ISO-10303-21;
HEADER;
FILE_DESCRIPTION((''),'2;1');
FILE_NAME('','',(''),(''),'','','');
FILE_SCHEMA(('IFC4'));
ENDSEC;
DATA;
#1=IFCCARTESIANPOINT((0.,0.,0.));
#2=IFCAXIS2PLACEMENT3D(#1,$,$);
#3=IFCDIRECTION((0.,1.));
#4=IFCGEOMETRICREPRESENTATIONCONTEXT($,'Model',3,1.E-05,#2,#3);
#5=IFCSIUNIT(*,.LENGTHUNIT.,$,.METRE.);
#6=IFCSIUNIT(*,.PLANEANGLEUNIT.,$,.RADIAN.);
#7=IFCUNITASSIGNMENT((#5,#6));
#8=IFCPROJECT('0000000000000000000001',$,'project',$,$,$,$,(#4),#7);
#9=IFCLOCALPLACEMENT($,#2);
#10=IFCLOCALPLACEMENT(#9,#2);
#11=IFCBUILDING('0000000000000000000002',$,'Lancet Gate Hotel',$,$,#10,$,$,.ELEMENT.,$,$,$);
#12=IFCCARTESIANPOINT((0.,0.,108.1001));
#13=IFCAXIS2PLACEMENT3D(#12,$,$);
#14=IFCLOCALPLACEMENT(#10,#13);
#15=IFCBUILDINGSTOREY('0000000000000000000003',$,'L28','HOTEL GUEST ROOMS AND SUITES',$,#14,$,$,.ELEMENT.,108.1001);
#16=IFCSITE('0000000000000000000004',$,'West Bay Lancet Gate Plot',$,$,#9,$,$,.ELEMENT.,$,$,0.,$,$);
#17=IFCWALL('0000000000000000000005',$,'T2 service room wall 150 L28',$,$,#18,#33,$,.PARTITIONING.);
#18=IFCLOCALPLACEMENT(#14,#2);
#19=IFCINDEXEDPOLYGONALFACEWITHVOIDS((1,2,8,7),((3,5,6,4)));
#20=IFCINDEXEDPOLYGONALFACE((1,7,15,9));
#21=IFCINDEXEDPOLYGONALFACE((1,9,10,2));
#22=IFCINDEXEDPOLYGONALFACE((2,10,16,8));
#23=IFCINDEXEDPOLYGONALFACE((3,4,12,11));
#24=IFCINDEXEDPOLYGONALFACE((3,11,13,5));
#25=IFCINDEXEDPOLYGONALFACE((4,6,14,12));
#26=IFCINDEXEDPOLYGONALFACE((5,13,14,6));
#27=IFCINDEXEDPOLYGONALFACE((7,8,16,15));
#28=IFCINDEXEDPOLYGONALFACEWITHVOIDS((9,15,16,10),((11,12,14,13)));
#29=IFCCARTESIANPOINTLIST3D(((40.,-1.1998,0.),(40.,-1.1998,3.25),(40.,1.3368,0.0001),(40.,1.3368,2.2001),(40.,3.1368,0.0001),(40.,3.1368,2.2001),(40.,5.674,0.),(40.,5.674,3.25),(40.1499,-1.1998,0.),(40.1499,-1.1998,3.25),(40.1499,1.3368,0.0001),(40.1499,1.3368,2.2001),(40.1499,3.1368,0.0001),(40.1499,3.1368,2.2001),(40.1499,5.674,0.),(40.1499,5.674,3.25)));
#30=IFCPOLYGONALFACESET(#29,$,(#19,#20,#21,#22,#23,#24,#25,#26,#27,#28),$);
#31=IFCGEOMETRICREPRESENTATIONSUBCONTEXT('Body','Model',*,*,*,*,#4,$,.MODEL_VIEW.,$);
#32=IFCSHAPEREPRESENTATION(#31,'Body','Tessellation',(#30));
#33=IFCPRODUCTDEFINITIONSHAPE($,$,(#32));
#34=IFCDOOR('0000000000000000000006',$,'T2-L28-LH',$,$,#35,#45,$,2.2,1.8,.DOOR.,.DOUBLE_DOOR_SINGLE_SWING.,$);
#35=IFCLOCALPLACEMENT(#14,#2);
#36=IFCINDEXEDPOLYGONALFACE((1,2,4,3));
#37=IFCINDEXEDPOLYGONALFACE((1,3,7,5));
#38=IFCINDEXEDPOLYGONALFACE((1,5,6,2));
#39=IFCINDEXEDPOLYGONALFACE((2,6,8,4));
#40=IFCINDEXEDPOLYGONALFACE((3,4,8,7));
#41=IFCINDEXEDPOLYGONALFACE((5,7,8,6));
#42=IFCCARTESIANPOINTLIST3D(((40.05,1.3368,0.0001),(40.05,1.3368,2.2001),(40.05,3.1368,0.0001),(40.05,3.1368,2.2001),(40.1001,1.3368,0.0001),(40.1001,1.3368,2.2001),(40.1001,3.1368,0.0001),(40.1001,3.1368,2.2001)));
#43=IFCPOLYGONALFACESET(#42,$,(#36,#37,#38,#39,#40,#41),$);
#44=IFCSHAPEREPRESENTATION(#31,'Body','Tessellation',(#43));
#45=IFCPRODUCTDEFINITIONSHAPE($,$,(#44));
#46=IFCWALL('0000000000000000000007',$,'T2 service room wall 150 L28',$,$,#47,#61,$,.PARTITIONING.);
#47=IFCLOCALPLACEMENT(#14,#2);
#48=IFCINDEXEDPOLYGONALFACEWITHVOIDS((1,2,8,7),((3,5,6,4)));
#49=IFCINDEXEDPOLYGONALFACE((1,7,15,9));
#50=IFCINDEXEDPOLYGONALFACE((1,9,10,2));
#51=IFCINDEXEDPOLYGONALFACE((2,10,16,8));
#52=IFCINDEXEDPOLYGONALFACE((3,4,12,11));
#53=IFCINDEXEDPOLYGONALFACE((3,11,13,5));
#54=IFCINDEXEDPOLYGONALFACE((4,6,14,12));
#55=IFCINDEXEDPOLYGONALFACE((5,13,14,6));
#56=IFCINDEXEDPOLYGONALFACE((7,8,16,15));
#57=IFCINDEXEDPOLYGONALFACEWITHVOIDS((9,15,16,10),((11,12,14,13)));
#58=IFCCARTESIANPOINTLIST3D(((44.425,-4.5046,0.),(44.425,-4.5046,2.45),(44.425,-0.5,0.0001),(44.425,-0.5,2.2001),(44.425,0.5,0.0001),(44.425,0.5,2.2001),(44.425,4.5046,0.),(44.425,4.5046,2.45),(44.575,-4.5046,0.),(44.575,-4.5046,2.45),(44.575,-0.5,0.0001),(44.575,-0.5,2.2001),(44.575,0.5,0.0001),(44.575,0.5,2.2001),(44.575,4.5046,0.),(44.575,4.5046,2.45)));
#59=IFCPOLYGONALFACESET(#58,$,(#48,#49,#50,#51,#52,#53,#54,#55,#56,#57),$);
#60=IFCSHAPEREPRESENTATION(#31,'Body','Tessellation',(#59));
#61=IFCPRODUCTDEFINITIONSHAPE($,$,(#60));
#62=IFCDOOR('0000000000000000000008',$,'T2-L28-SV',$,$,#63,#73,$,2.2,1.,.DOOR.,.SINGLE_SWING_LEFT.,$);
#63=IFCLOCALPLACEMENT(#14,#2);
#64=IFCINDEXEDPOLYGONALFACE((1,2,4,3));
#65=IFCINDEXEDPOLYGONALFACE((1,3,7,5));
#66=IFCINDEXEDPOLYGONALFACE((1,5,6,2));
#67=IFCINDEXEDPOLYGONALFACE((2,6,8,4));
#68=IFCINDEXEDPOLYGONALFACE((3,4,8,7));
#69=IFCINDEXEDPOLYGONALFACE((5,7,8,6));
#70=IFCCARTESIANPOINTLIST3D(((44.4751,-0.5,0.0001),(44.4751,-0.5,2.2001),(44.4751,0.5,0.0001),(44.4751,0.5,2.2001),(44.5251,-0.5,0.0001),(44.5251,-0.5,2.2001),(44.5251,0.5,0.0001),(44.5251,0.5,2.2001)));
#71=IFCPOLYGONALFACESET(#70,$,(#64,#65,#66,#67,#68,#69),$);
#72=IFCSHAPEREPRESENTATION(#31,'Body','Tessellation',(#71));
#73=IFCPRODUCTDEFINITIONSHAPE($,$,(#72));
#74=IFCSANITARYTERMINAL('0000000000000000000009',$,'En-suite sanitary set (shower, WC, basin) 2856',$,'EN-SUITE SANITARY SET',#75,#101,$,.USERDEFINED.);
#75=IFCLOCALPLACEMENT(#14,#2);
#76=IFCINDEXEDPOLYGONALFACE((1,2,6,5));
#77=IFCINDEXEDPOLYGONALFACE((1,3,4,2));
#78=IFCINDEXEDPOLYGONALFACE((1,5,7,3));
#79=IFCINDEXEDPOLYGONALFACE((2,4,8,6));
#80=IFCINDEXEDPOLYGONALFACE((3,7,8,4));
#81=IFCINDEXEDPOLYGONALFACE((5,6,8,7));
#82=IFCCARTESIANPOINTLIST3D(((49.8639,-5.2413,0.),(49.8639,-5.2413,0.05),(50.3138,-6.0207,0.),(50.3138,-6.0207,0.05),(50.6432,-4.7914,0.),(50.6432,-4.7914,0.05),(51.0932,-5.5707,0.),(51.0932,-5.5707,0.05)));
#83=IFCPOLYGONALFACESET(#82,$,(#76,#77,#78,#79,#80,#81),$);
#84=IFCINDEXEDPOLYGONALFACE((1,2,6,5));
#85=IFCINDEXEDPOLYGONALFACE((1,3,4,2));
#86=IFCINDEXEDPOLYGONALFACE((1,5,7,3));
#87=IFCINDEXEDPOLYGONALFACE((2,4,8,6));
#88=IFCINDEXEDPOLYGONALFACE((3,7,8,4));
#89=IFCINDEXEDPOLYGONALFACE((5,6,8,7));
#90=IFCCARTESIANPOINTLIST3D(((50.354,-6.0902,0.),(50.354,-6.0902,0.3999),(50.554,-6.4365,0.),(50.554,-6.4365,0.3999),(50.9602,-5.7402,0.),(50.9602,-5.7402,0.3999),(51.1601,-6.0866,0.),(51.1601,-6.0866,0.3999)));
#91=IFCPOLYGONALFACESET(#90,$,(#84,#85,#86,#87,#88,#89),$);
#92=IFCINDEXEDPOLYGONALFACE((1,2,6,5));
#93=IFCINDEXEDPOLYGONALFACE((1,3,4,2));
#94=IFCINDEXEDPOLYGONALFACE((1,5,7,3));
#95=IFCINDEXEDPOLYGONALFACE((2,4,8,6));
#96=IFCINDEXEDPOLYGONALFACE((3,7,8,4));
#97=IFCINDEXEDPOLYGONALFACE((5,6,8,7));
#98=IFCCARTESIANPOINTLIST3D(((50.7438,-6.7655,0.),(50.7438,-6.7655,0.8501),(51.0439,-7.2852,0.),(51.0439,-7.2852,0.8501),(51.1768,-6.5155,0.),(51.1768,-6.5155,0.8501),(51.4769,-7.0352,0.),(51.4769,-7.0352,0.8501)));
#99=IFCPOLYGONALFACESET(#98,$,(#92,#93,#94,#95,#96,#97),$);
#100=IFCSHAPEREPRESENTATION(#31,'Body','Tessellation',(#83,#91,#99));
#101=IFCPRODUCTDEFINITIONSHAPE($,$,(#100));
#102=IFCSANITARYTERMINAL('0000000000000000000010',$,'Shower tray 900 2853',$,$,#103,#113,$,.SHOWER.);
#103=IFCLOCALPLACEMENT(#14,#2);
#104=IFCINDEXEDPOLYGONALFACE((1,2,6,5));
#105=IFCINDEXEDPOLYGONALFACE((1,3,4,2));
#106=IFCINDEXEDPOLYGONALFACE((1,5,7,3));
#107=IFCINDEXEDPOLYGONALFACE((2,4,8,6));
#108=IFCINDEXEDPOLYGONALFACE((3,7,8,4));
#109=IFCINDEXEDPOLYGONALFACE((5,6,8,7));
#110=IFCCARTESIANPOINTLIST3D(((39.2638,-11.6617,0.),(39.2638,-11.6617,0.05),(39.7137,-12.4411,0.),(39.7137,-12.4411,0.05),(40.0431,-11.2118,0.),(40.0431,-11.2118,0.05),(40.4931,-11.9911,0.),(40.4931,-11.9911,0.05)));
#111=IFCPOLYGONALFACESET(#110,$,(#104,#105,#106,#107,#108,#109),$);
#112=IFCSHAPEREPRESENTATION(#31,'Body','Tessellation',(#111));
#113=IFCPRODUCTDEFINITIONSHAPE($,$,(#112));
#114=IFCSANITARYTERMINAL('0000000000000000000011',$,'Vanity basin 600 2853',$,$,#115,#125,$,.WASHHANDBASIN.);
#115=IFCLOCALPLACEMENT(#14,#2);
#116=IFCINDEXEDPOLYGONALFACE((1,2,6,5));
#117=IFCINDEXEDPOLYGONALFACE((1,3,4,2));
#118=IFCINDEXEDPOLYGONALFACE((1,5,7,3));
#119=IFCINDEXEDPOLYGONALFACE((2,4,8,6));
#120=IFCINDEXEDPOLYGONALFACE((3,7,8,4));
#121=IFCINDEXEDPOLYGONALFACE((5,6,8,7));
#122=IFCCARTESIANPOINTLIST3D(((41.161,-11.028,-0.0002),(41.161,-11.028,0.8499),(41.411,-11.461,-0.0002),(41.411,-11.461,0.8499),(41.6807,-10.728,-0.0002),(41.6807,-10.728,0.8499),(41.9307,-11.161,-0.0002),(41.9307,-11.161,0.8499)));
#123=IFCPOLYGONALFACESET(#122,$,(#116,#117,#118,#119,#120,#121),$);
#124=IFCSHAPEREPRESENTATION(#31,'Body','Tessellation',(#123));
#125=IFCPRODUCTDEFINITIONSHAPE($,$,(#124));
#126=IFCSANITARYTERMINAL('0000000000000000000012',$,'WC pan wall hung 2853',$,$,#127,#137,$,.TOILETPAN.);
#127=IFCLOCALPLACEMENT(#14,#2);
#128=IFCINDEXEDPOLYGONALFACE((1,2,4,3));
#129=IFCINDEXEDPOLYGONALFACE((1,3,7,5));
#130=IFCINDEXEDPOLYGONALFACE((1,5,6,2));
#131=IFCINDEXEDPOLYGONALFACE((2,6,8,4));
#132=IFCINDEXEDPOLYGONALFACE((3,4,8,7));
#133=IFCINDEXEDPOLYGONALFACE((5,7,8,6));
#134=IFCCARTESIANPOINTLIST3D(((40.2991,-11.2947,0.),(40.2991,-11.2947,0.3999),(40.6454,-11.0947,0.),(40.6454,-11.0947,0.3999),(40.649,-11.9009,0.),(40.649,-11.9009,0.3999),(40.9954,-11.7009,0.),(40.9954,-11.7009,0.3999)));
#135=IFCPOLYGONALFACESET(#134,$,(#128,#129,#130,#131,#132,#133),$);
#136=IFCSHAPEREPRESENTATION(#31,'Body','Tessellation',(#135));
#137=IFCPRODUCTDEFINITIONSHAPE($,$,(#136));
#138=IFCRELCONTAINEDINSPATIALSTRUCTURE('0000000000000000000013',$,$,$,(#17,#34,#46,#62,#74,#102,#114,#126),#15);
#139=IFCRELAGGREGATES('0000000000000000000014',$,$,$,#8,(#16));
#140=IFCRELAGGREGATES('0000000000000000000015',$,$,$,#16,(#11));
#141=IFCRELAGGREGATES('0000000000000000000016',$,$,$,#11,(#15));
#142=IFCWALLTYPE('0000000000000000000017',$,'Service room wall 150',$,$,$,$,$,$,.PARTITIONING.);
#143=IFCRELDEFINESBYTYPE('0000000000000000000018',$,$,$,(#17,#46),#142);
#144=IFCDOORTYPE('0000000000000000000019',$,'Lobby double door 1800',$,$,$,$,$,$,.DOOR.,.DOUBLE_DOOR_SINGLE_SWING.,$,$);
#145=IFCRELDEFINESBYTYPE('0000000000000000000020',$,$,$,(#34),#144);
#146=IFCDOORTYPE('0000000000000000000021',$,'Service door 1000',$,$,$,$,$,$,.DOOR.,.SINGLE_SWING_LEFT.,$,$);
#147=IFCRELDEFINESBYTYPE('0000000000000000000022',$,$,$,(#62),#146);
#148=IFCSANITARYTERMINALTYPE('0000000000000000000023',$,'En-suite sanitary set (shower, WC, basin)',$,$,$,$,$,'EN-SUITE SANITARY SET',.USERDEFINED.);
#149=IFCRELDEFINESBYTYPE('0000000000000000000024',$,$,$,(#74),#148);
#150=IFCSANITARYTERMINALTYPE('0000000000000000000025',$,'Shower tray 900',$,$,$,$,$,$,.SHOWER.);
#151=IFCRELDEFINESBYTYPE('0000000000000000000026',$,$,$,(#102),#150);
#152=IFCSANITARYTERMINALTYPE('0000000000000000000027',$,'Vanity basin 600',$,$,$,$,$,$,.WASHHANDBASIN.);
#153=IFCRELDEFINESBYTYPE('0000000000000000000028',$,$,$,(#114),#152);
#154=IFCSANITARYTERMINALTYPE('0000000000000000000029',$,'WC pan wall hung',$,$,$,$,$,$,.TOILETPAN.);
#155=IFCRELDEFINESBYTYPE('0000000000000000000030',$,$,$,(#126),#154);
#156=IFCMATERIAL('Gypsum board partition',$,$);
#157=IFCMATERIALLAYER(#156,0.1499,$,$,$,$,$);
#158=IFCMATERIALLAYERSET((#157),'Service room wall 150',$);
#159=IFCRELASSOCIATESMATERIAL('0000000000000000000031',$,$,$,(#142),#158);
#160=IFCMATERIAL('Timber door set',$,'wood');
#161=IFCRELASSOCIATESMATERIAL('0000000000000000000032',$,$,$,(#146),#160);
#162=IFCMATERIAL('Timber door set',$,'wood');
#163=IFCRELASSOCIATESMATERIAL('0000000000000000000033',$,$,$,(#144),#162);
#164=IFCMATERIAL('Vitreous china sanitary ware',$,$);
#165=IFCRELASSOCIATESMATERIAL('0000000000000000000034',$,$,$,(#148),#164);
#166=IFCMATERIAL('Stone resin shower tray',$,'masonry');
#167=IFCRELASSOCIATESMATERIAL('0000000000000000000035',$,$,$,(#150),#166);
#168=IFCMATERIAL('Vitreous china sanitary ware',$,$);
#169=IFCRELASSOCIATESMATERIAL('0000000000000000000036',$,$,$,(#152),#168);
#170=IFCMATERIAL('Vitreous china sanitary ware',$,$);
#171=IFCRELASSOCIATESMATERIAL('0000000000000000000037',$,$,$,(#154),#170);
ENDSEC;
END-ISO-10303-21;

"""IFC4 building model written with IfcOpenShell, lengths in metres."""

from ifc_helpers import new_model, si_unit, direction, frame, frame_2d, origin, origin_2d, place, context, subcontext, project, spatial, rectangle, extrude, material, layer, layer_set, type_object, element, fill, save


model = new_model("IFC4")

# Units and contexts
model_context = context("Model", 3, precision=1e-05, world=origin(), true_north=direction((0.0, 1.0)))
body_context = subcontext(model_context, "Body", "Model", "MODEL_VIEW")
ifc_project = project(units=[si_unit("LENGTHUNIT", "METRE"), si_unit("PLANEANGLEUNIT", "RADIAN")], contexts=[model_context])

# Site, building, storey
site_placement = place(None, origin())
site = spatial("IfcSite", under=ifc_project, at=site_placement, Name="West Bay Lancet Gate Plot", CompositionType="ELEMENT", RefElevation=0.0)
building_placement = place(site_placement, origin())
building = spatial("IfcBuilding", under=site, at=building_placement, Name="Lancet Gate Hotel", CompositionType="ELEMENT")
storey_placement = place(building_placement, frame((0.0, 0.0, 108.1001)))
storey = spatial("IfcBuildingStorey", under=building, at=storey_placement, Name="L28", Description="HOTEL GUEST ROOMS AND SUITES", CompositionType="ELEMENT", Elevation=108.1001)

# Walls, openings, doors
ifc_material_1 = material(Name="Gypsum board partition")
ifc_layer_1 = layer(ifc_material_1, 0.1499)
ifc_layer_set_1 = layer_set([ifc_layer_1], Name="Service room wall 150")
wall_type_1 = type_object("IfcWallType", Name="Service room wall 150", PredefinedType="PARTITIONING", material=ifc_layer_set_1)
ifc_material_2 = material(Name="Timber door set", Category="wood")
door_type_1 = type_object("IfcDoorType", Name="Service door 1000", OperationType="SINGLE_SWING_LEFT", PredefinedType="DOOR", material=ifc_material_2)
wall_1_placement = place(storey_placement, frame((40.075, -1.2, 0.0), z_axis=(0.0, 0.0, 1.0), x_axis=(0.0, 1.0, 0.0)))
wall_1 = element("IfcWall", 1, at=wall_1_placement, inside=storey, type_object=wall_type_1, Name="T2 service room wall 150 L28", PredefinedType="PARTITIONING", context=body_context, shape_type="SweptSolid", body=[
    extrude(rectangle(XDim=6.8738, YDim=0.1499, at=frame_2d((3.437, 0.0))), origin(), (0.0, 0.0, 1.0), 3.25),
])
opening_1_placement = place(wall_1_placement, frame((2.5369, 0.0, 0.0)))
opening_1 = element("IfcOpeningElement", 2, at=opening_1_placement, cuts=wall_1, PredefinedType="OPENING", context=body_context, shape_type="SweptSolid", body=[
    extrude(rectangle(XDim=1.8, YDim=2.2, at=frame_2d((0.8999, 1.1001))), frame((0.0, 0.085, 0.0), z_axis=(0.0, -1.0, 0.0), x_axis=(1.0, 0.0, 0.0)), (0.0, 0.0, 1.0), 0.1699),
])
ifc_material_3 = material(Name="Timber door set", Category="wood")
door_type_2 = type_object("IfcDoorType", Name="Lobby double door 1800", OperationType="DOUBLE_DOOR_SINGLE_SWING", PredefinedType="DOOR", material=ifc_material_3)
door_1_placement = place(opening_1_placement, origin())
door_1 = element("IfcDoor", 3, at=door_1_placement, inside=storey, type_object=door_type_2, Name="T2-L28-LH", OperationType="DOUBLE_DOOR_SINGLE_SWING", OverallHeight=2.2, OverallWidth=1.8, PredefinedType="DOOR", context=body_context, shape_type="SweptSolid", body=[
    extrude(rectangle(XDim=1.8, YDim=2.2, at=frame_2d((0.8999, 1.1001))), frame((0.0, 0.0249, 0.0), z_axis=(0.0, -1.0, 0.0), x_axis=(1.0, 0.0, 0.0)), (0.0, 0.0, 1.0), 0.05),
])
fill(opening_1, door_1)
wall_2_placement = place(storey_placement, frame((44.5, -4.5046, 0.0), z_axis=(0.0, 0.0, 1.0), x_axis=(0.0, 1.0, 0.0)))
wall_2 = element("IfcWall", 4, at=wall_2_placement, inside=storey, type_object=wall_type_1, Name="T2 service room wall 150 L28", PredefinedType="PARTITIONING", context=body_context, shape_type="SweptSolid", body=[
    extrude(rectangle(XDim=9.0093, YDim=0.1499, at=frame_2d((4.5046, 0.0))), origin(), (0.0, 0.0, 1.0), 2.45),
])
opening_2_placement = place(wall_2_placement, frame((4.0046, 0.0, 0.0)))
opening_2 = element("IfcOpeningElement", 5, at=opening_2_placement, cuts=wall_2, PredefinedType="OPENING", context=body_context, shape_type="SweptSolid", body=[
    extrude(rectangle(XDim=1.0, YDim=2.2, at=frame_2d((0.5, 1.1001))), frame((0.0, 0.085, 0.0), z_axis=(0.0, -1.0, 0.0), x_axis=(1.0, 0.0, 0.0)), (0.0, 0.0, 1.0), 0.1699),
])
door_2_placement = place(opening_2_placement, origin())
door_2 = element("IfcDoor", 6, at=door_2_placement, inside=storey, type_object=door_type_1, Name="T2-L28-SV", OperationType="SINGLE_SWING_LEFT", OverallHeight=2.2, OverallWidth=1.0, PredefinedType="DOOR", context=body_context, shape_type="SweptSolid", body=[
    extrude(rectangle(XDim=1.0, YDim=2.2, at=frame_2d((0.5, 1.1001))), frame((0.0, 0.0249, 0.0), z_axis=(0.0, -1.0, 0.0), x_axis=(1.0, 0.0, 0.0)), (0.0, 0.0, 1.0), 0.05),
])
fill(opening_2, door_2)

# Sanitary terminals
ifc_material_4 = material(Name="Vitreous china sanitary ware")
sanitary_terminal_type_1 = type_object("IfcSanitaryTerminalType", Name="En-suite sanitary set (shower, WC, basin)", ElementType="EN-SUITE SANITARY SET", PredefinedType="USERDEFINED", material=ifc_material_4)
sanitary_terminal_1_placement = place(storey_placement, frame((50.4785, -5.406, 0.0), z_axis=(0.0, 0.0, 1.0), x_axis=(1.0, 0.0, 0.0)))
element("IfcSanitaryTerminal", 7, at=sanitary_terminal_1_placement, inside=storey, type_object=sanitary_terminal_type_1, Name="En-suite sanitary set (shower, WC, basin) 2856", ObjectType="EN-SUITE SANITARY SET", PredefinedType="USERDEFINED", context=body_context, shape_type="SweptSolid", body=[
    extrude(rectangle(XDim=0.8999, YDim=0.8999, at=origin_2d()), frame((0.0, 0.0, 0.0), z_axis=(0.0, 0.0, 1.0), x_axis=(-0.5, 0.866025, 0.0)), (0.0, 0.0, 1.0), 0.05),
    extrude(rectangle(XDim=0.3999, YDim=0.7, at=origin_2d()), frame((0.2786, -0.6824, 0.0), z_axis=(0.0, 0.0, 1.0), x_axis=(-0.5, 0.866025, 0.0)), (0.0, 0.0, 1.0), 0.3999),
    extrude(rectangle(XDim=0.6001, YDim=0.5, at=origin_2d()), frame((0.6318, -1.4944, 0.0), z_axis=(0.0, 0.0, 1.0), x_axis=(-0.5, 0.866025, 0.0)), (0.0, 0.0, 1.0), 0.8501),
])
ifc_material_5 = material(Name="Stone resin shower tray", Category="masonry")
sanitary_terminal_type_2 = type_object("IfcSanitaryTerminalType", Name="Shower tray 900", PredefinedType="SHOWER", material=ifc_material_5)
sanitary_terminal_2_placement = place(storey_placement, frame((39.8784, -11.8264, 0.0), z_axis=(0.0, 0.0, 1.0), x_axis=(-0.866025, -0.5, 0.0)))
element("IfcSanitaryTerminal", 8, at=sanitary_terminal_2_placement, inside=storey, type_object=sanitary_terminal_type_2, Name="Shower tray 900 2853", PredefinedType="SHOWER", context=body_context, shape_type="SweptSolid", body=[
    extrude(rectangle(XDim=0.8999, YDim=0.8999, at=origin_2d()), origin(), (0.0, 0.0, 1.0), 0.05),
])
ifc_material_6 = material(Name="Vitreous china sanitary ware")
sanitary_terminal_type_3 = type_object("IfcSanitaryTerminalType", Name="Vanity basin 600", PredefinedType="WASHHANDBASIN", material=ifc_material_6)
sanitary_terminal_3_placement = place(storey_placement, frame((41.5459, -11.0945, -0.0002), z_axis=(0.0, 0.0, 1.0), x_axis=(-0.866025, -0.5, 0.0)))
element("IfcSanitaryTerminal", 9, at=sanitary_terminal_3_placement, inside=storey, type_object=sanitary_terminal_type_3, Name="Vanity basin 600 2853", PredefinedType="WASHHANDBASIN", context=body_context, shape_type="SweptSolid", body=[
    extrude(rectangle(XDim=0.6001, YDim=0.5, at=origin_2d()), origin(), (0.0, 0.0, 1.0), 0.8501),
])
ifc_material_7 = material(Name="Vitreous china sanitary ware")
sanitary_terminal_type_4 = type_object("IfcSanitaryTerminalType", Name="WC pan wall hung", PredefinedType="TOILETPAN", material=ifc_material_7)
sanitary_terminal_4_placement = place(storey_placement, frame((40.6472, -11.4978, 0.0), z_axis=(0.0, 0.0, 1.0), x_axis=(-0.866025, -0.5, 0.0)))
element("IfcSanitaryTerminal", 10, at=sanitary_terminal_4_placement, inside=storey, type_object=sanitary_terminal_type_4, Name="WC pan wall hung 2853", PredefinedType="TOILETPAN", context=body_context, shape_type="SweptSolid", body=[
    extrude(rectangle(XDim=0.3999, YDim=0.7, at=origin_2d()), origin(), (0.0, 0.0, 1.0), 0.3999),
])

save(model, "model.ifc")
